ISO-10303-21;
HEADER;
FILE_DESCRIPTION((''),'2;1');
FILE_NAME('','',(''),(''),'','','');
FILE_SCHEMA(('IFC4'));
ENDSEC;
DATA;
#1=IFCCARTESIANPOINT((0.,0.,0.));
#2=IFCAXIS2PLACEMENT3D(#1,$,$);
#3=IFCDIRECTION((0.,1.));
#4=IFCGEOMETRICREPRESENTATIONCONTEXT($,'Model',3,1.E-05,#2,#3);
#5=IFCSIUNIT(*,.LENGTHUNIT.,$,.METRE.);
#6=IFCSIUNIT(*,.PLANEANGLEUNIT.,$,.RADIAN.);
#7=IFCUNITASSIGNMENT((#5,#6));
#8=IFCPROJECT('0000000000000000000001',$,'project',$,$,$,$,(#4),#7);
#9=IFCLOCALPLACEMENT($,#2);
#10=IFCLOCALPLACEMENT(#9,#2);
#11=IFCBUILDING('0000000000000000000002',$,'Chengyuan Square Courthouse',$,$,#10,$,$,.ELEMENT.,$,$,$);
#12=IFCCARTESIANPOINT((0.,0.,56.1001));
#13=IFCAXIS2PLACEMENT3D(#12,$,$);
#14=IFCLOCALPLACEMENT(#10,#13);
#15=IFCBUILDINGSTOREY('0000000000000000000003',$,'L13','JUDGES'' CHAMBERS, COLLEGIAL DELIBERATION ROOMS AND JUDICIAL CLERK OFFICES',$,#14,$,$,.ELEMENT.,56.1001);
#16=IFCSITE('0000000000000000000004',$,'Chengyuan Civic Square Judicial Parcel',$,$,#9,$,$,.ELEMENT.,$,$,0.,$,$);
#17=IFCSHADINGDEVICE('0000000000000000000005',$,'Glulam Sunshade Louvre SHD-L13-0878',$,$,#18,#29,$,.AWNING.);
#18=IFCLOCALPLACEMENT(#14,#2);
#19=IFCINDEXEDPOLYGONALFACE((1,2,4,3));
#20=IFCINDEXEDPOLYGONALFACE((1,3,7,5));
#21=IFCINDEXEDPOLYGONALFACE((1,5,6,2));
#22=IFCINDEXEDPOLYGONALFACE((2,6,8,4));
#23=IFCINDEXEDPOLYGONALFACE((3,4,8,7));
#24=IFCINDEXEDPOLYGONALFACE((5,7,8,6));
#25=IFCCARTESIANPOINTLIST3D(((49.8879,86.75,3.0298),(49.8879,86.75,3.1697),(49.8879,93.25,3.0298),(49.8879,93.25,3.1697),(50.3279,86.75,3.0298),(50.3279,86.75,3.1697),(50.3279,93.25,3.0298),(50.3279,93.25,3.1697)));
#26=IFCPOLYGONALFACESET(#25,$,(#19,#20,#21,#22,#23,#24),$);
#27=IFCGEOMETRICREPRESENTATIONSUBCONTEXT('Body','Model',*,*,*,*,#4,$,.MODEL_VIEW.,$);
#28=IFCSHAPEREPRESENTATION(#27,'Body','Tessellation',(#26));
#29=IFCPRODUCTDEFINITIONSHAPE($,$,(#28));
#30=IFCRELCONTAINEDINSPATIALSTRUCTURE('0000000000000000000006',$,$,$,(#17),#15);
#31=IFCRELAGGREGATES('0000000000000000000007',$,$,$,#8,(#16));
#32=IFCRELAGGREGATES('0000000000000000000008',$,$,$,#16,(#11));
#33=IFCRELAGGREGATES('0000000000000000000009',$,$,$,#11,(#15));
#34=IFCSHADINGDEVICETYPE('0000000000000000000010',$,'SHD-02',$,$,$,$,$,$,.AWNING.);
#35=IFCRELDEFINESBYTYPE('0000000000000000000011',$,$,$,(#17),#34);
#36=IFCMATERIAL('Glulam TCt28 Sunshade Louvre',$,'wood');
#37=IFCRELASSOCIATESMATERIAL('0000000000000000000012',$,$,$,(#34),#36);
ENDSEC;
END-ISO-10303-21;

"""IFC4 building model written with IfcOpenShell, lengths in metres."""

from ifc_helpers import new_model, si_unit, direction, frame, origin, origin_2d, place, context, subcontext, project, spatial, rectangle, extrude, material, type_object, element, save


model = new_model("IFC4")

# Units and contexts
model_context = context("Model", 3, precision=1e-05, world=origin(), true_north=direction((0.0, 1.0)))
body_context = subcontext(model_context, "Body", "Model", "MODEL_VIEW")
ifc_project = project(units=[si_unit("LENGTHUNIT", "METRE"), si_unit("PLANEANGLEUNIT", "RADIAN")], contexts=[model_context])

# Site, building, storey
site_placement = place(None, origin())
site = spatial("IfcSite", under=ifc_project, at=site_placement, Name="Chengyuan Civic Square Judicial Parcel", CompositionType="ELEMENT", RefElevation=0.0)
building_placement = place(site_placement, origin())
building = spatial("IfcBuilding", under=site, at=building_placement, Name="Chengyuan Square Courthouse", CompositionType="ELEMENT")
storey_placement = place(building_placement, frame((0.0, 0.0, 56.1001)))
storey = spatial("IfcBuildingStorey", under=building, at=storey_placement, Name="L13", Description="JUDGES' CHAMBERS, COLLEGIAL DELIBERATION ROOMS AND JUDICIAL CLERK OFFICES", CompositionType="ELEMENT", Elevation=56.1001)

# Shading device
ifc_material_1 = material(Name="Glulam TCt28 Sunshade Louvre", Category="wood")
shading_device_type_1 = type_object("IfcShadingDeviceType", Name="SHD-02", PredefinedType="AWNING", material=ifc_material_1)
shading_device_1_placement = place(storey_placement, frame((50.1079, 90.0, 3.0298), z_axis=(0.0, 0.0, 1.0), x_axis=(0.0, 1.0, 0.0)))
element("IfcShadingDevice", 1, at=shading_device_1_placement, inside=storey, type_object=shading_device_type_1, Name="Glulam Sunshade Louvre SHD-L13-0878", PredefinedType="AWNING", context=body_context, shape_type="SweptSolid", body=[
    extrude(rectangle(XDim=6.5, YDim=0.4399, at=origin_2d()), origin(), (0.0, 0.0, 1.0), 0.1399),
])

save(model, "model.ifc")
